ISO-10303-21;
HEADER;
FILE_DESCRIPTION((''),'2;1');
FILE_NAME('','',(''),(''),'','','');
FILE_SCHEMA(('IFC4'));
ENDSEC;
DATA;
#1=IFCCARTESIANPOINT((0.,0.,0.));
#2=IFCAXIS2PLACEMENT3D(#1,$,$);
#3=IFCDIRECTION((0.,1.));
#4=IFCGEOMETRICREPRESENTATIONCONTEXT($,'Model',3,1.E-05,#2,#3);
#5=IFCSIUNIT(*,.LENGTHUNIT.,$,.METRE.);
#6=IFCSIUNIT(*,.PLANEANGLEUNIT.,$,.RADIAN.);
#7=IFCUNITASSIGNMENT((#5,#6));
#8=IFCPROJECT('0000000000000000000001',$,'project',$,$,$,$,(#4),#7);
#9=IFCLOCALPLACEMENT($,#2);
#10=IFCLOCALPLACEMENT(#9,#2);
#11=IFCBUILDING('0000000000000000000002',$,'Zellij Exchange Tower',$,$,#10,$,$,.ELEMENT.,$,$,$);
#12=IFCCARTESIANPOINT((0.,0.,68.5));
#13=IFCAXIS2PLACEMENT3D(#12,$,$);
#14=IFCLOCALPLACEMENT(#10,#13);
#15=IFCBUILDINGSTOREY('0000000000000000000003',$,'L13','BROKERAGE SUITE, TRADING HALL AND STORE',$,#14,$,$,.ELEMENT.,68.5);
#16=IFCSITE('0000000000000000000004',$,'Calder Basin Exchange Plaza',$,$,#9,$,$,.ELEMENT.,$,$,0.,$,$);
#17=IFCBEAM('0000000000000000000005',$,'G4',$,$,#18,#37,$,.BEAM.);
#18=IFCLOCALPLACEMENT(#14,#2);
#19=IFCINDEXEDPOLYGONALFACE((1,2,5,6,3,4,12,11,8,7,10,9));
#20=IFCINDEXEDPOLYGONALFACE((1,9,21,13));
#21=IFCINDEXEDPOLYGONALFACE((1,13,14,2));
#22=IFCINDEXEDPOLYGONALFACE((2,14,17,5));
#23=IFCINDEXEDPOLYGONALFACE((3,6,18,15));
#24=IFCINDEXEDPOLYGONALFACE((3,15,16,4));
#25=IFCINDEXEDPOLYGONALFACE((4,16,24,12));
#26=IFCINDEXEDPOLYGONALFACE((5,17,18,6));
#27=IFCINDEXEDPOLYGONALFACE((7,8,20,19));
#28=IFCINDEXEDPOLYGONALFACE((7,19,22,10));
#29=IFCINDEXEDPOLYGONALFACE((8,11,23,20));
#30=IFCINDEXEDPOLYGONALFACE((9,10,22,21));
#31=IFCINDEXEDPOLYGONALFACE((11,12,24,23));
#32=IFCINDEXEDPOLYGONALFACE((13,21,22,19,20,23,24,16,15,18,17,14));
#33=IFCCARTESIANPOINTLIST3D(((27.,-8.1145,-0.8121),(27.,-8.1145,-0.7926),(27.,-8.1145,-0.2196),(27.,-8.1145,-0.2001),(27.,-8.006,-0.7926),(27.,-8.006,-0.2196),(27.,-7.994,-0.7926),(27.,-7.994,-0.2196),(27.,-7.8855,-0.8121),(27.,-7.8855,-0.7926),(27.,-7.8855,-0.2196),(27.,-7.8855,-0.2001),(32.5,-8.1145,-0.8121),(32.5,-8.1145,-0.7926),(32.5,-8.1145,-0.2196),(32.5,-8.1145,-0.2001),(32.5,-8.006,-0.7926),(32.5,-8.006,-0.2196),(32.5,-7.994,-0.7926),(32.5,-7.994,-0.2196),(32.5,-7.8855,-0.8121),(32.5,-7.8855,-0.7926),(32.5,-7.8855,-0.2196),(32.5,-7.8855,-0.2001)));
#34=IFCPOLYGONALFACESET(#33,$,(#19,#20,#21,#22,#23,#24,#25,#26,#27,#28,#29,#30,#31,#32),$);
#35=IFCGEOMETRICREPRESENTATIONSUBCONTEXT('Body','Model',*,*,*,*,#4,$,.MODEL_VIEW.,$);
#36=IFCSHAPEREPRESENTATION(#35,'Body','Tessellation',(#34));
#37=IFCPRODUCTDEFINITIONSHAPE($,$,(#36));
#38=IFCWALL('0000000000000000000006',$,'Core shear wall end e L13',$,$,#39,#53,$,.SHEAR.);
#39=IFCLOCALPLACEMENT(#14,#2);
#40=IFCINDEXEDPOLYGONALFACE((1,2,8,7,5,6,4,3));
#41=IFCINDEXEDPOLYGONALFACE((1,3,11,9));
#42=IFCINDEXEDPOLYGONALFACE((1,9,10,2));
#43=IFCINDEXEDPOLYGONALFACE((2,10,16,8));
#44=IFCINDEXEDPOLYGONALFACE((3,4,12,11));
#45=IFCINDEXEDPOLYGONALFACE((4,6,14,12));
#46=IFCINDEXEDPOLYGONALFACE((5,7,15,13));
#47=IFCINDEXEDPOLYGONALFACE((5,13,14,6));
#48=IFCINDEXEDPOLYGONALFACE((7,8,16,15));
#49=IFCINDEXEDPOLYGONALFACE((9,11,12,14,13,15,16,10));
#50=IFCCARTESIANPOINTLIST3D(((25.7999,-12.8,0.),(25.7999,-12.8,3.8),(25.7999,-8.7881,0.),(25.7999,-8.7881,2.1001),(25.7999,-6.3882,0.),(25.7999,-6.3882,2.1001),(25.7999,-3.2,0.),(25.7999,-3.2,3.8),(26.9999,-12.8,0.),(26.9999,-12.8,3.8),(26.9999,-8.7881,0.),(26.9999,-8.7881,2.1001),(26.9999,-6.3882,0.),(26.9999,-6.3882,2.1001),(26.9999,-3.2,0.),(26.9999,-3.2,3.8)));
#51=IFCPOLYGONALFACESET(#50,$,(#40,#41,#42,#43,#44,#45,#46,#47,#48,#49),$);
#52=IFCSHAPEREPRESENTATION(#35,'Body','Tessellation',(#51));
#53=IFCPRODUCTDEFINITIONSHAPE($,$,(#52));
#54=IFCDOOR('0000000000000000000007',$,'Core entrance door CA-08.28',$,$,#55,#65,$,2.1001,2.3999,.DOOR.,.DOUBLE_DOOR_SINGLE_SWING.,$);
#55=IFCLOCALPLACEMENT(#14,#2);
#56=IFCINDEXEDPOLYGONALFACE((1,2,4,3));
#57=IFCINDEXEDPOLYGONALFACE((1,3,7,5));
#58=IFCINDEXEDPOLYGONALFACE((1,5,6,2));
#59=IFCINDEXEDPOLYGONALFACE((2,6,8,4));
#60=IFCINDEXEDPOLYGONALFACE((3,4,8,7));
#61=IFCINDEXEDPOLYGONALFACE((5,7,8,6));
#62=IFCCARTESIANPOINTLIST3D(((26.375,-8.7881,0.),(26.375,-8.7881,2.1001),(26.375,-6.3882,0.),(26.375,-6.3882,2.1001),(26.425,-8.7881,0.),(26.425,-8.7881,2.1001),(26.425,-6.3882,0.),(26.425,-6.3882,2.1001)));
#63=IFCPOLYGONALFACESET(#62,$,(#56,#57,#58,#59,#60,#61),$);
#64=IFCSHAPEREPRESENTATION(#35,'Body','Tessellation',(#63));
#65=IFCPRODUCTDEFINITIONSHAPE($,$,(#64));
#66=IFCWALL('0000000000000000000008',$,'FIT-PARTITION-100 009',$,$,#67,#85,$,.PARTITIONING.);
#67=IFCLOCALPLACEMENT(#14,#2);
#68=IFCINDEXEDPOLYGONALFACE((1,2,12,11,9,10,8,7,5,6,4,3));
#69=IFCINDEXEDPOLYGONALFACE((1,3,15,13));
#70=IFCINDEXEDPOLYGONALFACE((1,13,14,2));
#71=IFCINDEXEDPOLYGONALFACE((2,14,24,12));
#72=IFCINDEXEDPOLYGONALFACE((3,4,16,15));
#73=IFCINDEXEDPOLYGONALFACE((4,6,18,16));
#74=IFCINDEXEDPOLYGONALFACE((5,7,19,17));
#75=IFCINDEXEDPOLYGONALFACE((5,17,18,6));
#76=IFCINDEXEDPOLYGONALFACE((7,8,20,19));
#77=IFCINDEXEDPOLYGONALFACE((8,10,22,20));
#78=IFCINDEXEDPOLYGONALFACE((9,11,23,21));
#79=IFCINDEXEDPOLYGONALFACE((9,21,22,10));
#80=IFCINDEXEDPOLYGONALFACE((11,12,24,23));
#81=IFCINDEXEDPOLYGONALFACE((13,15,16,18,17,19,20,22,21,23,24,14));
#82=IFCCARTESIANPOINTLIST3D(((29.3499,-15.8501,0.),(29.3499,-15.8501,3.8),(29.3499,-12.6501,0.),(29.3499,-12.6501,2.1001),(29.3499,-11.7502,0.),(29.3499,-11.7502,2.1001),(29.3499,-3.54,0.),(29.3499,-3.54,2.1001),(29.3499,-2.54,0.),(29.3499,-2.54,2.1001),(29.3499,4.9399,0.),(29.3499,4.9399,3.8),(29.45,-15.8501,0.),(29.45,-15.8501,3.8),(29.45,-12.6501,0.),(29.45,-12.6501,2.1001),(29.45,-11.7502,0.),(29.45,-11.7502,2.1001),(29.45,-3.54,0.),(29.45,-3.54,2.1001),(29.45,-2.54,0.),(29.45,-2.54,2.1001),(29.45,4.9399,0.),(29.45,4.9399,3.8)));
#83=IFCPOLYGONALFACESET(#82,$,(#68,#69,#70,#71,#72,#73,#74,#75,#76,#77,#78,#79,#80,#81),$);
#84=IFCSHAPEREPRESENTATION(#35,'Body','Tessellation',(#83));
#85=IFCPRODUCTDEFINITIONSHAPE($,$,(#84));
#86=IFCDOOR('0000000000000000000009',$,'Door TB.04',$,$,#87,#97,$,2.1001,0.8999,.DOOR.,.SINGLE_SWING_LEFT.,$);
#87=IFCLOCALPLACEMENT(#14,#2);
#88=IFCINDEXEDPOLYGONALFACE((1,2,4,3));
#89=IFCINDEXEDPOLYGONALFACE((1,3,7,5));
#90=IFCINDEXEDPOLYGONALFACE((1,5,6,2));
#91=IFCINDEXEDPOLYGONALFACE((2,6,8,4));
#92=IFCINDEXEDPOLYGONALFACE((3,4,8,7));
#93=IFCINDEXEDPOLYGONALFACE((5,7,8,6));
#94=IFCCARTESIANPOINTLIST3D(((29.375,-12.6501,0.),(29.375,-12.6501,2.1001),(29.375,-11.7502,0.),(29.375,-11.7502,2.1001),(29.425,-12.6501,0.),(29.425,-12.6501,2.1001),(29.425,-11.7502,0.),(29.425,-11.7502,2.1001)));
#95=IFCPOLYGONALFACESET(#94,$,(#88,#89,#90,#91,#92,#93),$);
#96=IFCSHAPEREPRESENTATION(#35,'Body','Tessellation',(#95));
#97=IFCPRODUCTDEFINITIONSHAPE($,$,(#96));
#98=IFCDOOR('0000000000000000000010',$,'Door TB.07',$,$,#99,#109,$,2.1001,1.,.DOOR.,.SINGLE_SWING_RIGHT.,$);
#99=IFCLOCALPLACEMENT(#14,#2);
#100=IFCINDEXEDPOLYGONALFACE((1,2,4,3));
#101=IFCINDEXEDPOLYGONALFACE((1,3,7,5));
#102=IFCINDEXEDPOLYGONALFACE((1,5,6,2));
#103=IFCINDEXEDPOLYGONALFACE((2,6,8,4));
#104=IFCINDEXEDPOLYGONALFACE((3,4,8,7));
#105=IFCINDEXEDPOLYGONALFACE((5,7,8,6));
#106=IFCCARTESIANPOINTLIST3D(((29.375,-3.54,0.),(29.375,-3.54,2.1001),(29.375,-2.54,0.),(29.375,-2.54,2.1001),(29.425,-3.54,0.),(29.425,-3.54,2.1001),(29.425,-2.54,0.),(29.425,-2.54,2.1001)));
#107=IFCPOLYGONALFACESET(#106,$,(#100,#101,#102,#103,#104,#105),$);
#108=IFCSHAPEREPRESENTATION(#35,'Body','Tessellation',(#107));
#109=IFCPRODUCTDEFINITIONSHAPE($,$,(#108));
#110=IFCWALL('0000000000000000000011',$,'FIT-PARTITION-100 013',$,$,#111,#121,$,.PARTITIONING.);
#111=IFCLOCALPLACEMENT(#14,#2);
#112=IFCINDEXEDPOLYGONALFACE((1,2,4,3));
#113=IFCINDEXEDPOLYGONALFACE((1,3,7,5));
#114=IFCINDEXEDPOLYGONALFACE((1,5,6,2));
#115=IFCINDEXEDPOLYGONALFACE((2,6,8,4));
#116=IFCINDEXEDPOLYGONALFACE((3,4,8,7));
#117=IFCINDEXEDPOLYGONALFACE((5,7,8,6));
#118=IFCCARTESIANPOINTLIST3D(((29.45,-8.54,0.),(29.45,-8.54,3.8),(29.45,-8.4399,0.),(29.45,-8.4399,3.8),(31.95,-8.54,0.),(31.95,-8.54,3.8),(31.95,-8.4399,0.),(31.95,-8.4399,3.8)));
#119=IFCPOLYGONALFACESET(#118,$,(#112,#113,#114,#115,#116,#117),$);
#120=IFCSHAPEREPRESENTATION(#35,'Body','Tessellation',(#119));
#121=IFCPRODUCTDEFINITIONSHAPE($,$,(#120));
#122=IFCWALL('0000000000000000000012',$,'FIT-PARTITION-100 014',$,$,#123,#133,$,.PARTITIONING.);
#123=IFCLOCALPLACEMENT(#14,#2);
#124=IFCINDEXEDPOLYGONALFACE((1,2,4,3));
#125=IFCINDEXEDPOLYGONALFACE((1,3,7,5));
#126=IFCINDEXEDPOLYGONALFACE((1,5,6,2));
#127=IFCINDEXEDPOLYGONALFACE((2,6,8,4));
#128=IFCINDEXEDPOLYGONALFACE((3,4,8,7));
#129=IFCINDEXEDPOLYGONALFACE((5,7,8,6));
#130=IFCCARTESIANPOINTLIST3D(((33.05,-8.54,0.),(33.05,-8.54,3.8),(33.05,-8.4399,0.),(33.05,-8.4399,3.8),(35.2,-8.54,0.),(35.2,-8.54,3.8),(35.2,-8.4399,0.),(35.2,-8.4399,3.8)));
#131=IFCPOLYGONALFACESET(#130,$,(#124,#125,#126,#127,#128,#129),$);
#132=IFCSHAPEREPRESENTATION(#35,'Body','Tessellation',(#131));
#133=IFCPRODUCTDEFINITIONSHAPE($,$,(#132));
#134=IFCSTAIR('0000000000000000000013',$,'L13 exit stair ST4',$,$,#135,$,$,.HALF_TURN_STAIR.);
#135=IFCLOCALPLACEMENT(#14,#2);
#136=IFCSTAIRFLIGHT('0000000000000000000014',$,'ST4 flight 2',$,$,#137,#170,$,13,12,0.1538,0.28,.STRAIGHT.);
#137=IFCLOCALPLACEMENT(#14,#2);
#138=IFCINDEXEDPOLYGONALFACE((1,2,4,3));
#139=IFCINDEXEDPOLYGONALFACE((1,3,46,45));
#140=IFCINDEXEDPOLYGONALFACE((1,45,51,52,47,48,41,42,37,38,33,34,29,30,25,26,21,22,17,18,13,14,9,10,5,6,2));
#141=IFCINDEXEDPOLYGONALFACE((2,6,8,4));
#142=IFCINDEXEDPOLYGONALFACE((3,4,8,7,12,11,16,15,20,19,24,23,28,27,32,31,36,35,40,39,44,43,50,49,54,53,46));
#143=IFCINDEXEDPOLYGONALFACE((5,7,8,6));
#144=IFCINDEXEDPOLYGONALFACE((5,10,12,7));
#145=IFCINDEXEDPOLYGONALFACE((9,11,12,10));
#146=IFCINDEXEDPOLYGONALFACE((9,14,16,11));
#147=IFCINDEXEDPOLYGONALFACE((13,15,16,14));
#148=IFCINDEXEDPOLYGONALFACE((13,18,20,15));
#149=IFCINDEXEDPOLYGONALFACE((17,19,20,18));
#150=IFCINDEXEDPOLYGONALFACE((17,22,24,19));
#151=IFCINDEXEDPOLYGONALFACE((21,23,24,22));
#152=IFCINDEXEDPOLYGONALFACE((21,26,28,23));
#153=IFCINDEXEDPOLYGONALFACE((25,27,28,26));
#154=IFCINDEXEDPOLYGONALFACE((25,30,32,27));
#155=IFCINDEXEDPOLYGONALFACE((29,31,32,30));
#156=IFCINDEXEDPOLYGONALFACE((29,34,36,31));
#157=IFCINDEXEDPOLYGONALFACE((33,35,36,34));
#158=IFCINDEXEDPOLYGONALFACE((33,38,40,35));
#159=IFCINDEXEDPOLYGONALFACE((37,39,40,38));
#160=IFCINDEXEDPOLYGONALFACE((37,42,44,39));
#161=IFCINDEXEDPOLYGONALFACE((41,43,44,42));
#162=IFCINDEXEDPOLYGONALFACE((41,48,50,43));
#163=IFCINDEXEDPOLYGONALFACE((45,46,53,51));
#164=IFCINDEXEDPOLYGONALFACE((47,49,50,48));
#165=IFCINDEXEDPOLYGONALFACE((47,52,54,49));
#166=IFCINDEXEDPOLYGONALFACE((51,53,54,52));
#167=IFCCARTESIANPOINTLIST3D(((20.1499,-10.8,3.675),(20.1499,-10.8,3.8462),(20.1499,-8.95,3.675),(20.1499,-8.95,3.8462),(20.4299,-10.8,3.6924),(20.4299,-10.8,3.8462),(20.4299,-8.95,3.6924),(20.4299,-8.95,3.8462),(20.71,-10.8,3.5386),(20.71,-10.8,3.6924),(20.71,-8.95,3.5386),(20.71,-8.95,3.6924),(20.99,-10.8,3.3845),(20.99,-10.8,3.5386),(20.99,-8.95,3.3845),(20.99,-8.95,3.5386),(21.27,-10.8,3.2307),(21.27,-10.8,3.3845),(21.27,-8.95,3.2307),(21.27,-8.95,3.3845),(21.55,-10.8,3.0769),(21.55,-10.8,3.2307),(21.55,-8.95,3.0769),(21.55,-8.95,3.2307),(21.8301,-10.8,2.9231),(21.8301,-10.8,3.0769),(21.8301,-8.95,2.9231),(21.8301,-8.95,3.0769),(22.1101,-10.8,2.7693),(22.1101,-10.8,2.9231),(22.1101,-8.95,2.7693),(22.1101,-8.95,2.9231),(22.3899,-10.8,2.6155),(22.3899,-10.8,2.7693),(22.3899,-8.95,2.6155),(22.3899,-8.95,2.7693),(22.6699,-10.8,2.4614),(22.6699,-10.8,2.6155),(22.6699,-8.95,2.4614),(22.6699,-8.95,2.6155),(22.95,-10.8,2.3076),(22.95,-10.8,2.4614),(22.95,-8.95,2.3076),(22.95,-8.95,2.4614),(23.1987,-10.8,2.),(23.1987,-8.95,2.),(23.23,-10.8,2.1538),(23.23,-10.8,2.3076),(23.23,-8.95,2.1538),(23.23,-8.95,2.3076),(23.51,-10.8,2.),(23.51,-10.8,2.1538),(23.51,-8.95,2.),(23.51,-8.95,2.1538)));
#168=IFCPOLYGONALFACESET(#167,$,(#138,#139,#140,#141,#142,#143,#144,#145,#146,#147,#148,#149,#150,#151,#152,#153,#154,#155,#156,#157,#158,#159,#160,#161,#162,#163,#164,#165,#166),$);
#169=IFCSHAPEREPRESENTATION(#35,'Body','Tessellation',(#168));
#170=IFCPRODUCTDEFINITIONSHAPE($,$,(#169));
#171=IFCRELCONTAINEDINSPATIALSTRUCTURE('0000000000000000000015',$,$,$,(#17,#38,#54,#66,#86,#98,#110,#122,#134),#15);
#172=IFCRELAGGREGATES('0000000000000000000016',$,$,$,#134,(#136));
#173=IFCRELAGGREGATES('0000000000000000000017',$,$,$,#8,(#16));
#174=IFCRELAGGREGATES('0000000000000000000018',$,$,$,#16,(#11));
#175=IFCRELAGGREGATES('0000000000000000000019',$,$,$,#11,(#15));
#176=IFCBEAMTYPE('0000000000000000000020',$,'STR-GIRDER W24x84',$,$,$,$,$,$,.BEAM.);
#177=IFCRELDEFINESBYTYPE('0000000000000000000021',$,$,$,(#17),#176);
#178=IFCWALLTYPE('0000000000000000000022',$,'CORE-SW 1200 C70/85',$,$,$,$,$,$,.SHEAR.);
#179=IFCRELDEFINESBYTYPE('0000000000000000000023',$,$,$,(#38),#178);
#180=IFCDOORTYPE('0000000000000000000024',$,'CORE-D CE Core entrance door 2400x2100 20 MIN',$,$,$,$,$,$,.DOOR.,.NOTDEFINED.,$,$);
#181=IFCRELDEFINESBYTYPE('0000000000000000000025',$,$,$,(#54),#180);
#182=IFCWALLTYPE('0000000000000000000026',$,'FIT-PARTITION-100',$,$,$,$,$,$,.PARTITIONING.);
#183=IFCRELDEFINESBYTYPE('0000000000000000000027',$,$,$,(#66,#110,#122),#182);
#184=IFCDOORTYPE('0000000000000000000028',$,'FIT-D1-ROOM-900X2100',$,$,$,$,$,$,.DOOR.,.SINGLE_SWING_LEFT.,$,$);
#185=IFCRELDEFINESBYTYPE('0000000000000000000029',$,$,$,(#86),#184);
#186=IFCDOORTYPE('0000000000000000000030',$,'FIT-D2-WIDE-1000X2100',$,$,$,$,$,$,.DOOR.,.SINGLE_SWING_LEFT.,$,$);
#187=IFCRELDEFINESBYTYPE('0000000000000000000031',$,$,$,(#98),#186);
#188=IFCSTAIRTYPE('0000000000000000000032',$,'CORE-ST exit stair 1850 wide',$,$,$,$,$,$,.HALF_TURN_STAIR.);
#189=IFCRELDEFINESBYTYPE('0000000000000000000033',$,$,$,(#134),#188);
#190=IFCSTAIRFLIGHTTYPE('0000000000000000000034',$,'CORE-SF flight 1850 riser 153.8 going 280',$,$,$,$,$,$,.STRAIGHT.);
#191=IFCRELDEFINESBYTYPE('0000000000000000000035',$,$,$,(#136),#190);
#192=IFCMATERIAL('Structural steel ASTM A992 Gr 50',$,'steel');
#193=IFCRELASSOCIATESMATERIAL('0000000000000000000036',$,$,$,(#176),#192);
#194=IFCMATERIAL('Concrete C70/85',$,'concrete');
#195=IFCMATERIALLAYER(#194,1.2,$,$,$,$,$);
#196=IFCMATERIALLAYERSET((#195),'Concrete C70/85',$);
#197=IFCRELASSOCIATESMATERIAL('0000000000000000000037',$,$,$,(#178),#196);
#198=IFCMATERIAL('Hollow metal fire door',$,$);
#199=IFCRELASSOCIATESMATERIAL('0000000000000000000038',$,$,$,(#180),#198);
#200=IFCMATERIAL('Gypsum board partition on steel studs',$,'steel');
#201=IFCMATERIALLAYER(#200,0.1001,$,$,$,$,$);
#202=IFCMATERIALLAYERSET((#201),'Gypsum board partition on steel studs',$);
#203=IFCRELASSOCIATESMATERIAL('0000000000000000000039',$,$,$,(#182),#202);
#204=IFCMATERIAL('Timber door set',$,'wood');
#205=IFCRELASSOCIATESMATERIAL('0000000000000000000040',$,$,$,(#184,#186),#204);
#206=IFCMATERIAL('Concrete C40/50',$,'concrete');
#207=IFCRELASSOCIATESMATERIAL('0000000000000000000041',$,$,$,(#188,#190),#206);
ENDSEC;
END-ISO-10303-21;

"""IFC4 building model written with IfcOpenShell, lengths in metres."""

from ifc_helpers import new_model, si_unit, direction, frame, frame_2d, origin, origin_2d, place, context, subcontext, project, spatial, polyline, rectangle, i_section, outline, extrude, material, layer, layer_set, material_profile, profile_set, type_object, element, fill, aggregate, save


model = new_model("IFC4")

# Units and contexts
model_context = context("Model", 3, precision=1e-05, world=origin(), true_north=direction((0.0, 1.0)))
body_context = subcontext(model_context, "Body", "Model", "MODEL_VIEW")
ifc_project = project(units=[si_unit("LENGTHUNIT", "METRE"), si_unit("PLANEANGLEUNIT", "RADIAN")], contexts=[model_context])

# Site, building, storey
site_placement = place(None, origin())
site = spatial("IfcSite", under=ifc_project, at=site_placement, Name="Calder Basin Exchange Plaza", CompositionType="ELEMENT", RefElevation=0.0)
building_placement = place(site_placement, origin())
building = spatial("IfcBuilding", under=site, at=building_placement, Name="Zellij Exchange Tower", CompositionType="ELEMENT")
storey_placement = place(building_placement, frame((0.0, 0.0, 68.5)))
storey = spatial("IfcBuildingStorey", under=building, at=storey_placement, Name="L13", Description="BROKERAGE SUITE, TRADING HALL AND STORE", CompositionType="ELEMENT", Elevation=68.5)

# Shared definitions
ifc_material_1 = material(Name="Concrete C70/85", Category="concrete")

# Beam
ifc_material_2 = material(Name="Structural steel ASTM A992 Gr 50", Category="steel")
ifc_material_profile_1 = material_profile(ifc_material_2, i_section(OverallWidth=0.229, OverallDepth=0.6121, WebThickness=0.012, FlangeThickness=0.0195, at=origin_2d()), Name="W24x84")
ifc_profile_set_1 = profile_set([ifc_material_profile_1], Name="Structural steel ASTM A992 Gr 50")
beam_type_1 = type_object("IfcBeamType", Name="STR-GIRDER W24x84", PredefinedType="BEAM", material=ifc_profile_set_1)
beam_1_placement = place(storey_placement, frame((27.0, -8.0, -0.5061), z_axis=(1.0, 0.0, 0.0), x_axis=(0.0, 1.0, 0.0)))
element("IfcBeam", 1, at=beam_1_placement, inside=storey, type_object=beam_type_1, Name="G4", PredefinedType="BEAM", context=body_context, shape_type="SweptSolid", body=[
    extrude(i_section(OverallWidth=0.229, OverallDepth=0.6121, WebThickness=0.012, FlangeThickness=0.0195, at=origin_2d()), origin(), (0.0, 0.0, 1.0), 5.5),
])

# Wall, opening, door
ifc_layer_1 = layer(ifc_material_1, 1.2)
ifc_layer_set_1 = layer_set([ifc_layer_1], Name="Concrete C70/85")
wall_type_1 = type_object("IfcWallType", Name="CORE-SW 1200 C70/85", PredefinedType="SHEAR", material=ifc_layer_set_1)
wall_1_placement = place(storey_placement, frame((26.3999, -12.8, 0.0), z_axis=(0.0, 0.0, 1.0), x_axis=(0.0, 1.0, 0.0)))
wall_1 = element("IfcWall", 2, at=wall_1_placement, inside=storey, type_object=wall_type_1, Name="Core shear wall end e L13", PredefinedType="SHEAR", context=body_context, shape_type="SweptSolid", body=[
    extrude(rectangle(XDim=9.6001, YDim=1.2, at=frame_2d((4.8, 0.0))), origin(), (0.0, 0.0, 1.0), 3.8),
])
opening_1_placement = place(wall_1_placement, frame((4.012, 0.0, 0.0)))
opening_1 = element("IfcOpeningElement", 3, at=opening_1_placement, cuts=wall_1, PredefinedType="OPENING", context=body_context, shape_type="SweptSolid", body=[
    extrude(rectangle(XDim=2.3999, YDim=2.1001, at=frame_2d((1.2, 1.05))), frame((0.0, 0.6118, 0.0), z_axis=(0.0, -1.0, 0.0), x_axis=(1.0, 0.0, 0.0)), (0.0, 0.0, 1.0), 1.2239),
])
ifc_material_3 = material(Name="Hollow metal fire door")
door_type_1 = type_object("IfcDoorType", Name="CORE-D CE Core entrance door 2400x2100 20 MIN", OperationType="NOTDEFINED", PredefinedType="DOOR", material=ifc_material_3)
door_1_placement = place(opening_1_placement, origin())
door_1 = element("IfcDoor", 4, at=door_1_placement, inside=storey, type_object=door_type_1, Name="Core entrance door CA-08.28", OperationType="DOUBLE_DOOR_SINGLE_SWING", OverallHeight=2.1001, OverallWidth=2.3999, PredefinedType="DOOR", context=body_context, shape_type="SweptSolid", body=[
    extrude(rectangle(XDim=2.3999, YDim=2.1001, at=frame_2d((1.2, 1.05))), frame((0.0, 0.0249, 0.0), z_axis=(0.0, -1.0, 0.0), x_axis=(1.0, 0.0, 0.0)), (0.0, 0.0, 1.0), 0.05),
])
fill(opening_1, door_1)

# Wall, openings, doors
ifc_material_4 = material(Name="Gypsum board partition on steel studs", Category="steel")
ifc_layer_2 = layer(ifc_material_4, 0.1001)
ifc_layer_set_2 = layer_set([ifc_layer_2], Name="Gypsum board partition on steel studs")
wall_type_2 = type_object("IfcWallType", Name="FIT-PARTITION-100", PredefinedType="PARTITIONING", material=ifc_layer_set_2)
wall_2_placement = place(storey_placement, frame((29.3999, -15.8501, 0.0), z_axis=(0.0, 0.0, 1.0), x_axis=(0.0, 1.0, 0.0)))
wall_2 = element("IfcWall", 5, at=wall_2_placement, inside=storey, type_object=wall_type_2, Name="FIT-PARTITION-100 009", PredefinedType="PARTITIONING", context=body_context, shape_type="SweptSolid", body=[
    extrude(rectangle(XDim=20.79, YDim=0.1001, at=frame_2d((10.395, 0.0))), origin(), (0.0, 0.0, 1.0), 3.8),
])
opening_2_placement = place(wall_2_placement, frame((3.2, 0.0, 0.0)))
opening_2 = element("IfcOpeningElement", 6, at=opening_2_placement, cuts=wall_2, PredefinedType="OPENING", context=body_context, shape_type="SweptSolid", body=[
    extrude(rectangle(XDim=0.8999, YDim=2.1001, at=frame_2d((0.45, 1.05))), frame((0.0, 0.062, 0.0), z_axis=(0.0, -1.0, 0.0), x_axis=(1.0, 0.0, 0.0)), (0.0, 0.0, 1.0), 0.124),
])
opening_3_placement = place(wall_2_placement, frame((12.3101, 0.0, 0.0)))
opening_3 = element("IfcOpeningElement", 7, at=opening_3_placement, cuts=wall_2, PredefinedType="OPENING", context=body_context, shape_type="SweptSolid", body=[
    extrude(rectangle(XDim=1.0, YDim=2.1001, at=frame_2d((0.5, 1.05))), frame((0.0, 0.062, 0.0), z_axis=(0.0, -1.0, 0.0), x_axis=(1.0, 0.0, 0.0)), (0.0, 0.0, 1.0), 0.124),
])
ifc_material_5 = material(Name="Timber door set", Category="wood")
door_type_2 = type_object("IfcDoorType", Name="FIT-D1-ROOM-900X2100", OperationType="SINGLE_SWING_LEFT", PredefinedType="DOOR", material=ifc_material_5)
door_2_placement = place(opening_2_placement, origin())
door_2 = element("IfcDoor", 8, at=door_2_placement, inside=storey, type_object=door_type_2, Name="Door TB.04", OperationType="SINGLE_SWING_LEFT", OverallHeight=2.1001, OverallWidth=0.8999, PredefinedType="DOOR", context=body_context, shape_type="SweptSolid", body=[
    extrude(rectangle(XDim=0.8999, YDim=2.1001, at=frame_2d((0.45, 1.05))), frame((0.0, 0.0249, 0.0), z_axis=(0.0, -1.0, 0.0), x_axis=(1.0, 0.0, 0.0)), (0.0, 0.0, 1.0), 0.05),
])
fill(opening_2, door_2)
door_type_3 = type_object("IfcDoorType", Name="FIT-D2-WIDE-1000X2100", OperationType="SINGLE_SWING_LEFT", PredefinedType="DOOR", material=ifc_material_5)
door_3_placement = place(opening_3_placement, origin())
door_3 = element("IfcDoor", 9, at=door_3_placement, inside=storey, type_object=door_type_3, Name="Door TB.07", OperationType="SINGLE_SWING_RIGHT", OverallHeight=2.1001, OverallWidth=1.0, PredefinedType="DOOR", context=body_context, shape_type="SweptSolid", body=[
    extrude(rectangle(XDim=1.0, YDim=2.1001, at=frame_2d((0.5, 1.05))), frame((0.0, 0.0249, 0.0), z_axis=(0.0, -1.0, 0.0), x_axis=(1.0, 0.0, 0.0)), (0.0, 0.0, 1.0), 0.05),
])
fill(opening_3, door_3)

# Walls
wall_3_placement = place(storey_placement, frame((29.45, -8.49, 0.0), z_axis=(0.0, 0.0, 1.0), x_axis=(1.0, 0.0, 0.0)))
element("IfcWall", 10, at=wall_3_placement, inside=storey, type_object=wall_type_2, Name="FIT-PARTITION-100 013", PredefinedType="PARTITIONING", context=body_context, shape_type="SweptSolid", body=[
    extrude(rectangle(XDim=2.5, YDim=0.1001, at=frame_2d((1.25, 0.0))), origin(), (0.0, 0.0, 1.0), 3.8),
])
wall_4_placement = place(storey_placement, frame((33.05, -8.49, 0.0), z_axis=(0.0, 0.0, 1.0), x_axis=(1.0, 0.0, 0.0)))
element("IfcWall", 11, at=wall_4_placement, inside=storey, type_object=wall_type_2, Name="FIT-PARTITION-100 014", PredefinedType="PARTITIONING", context=body_context, shape_type="SweptSolid", body=[
    extrude(rectangle(XDim=2.1499, YDim=0.1001, at=frame_2d((1.075, 0.0))), origin(), (0.0, 0.0, 1.0), 3.8),
])

# Stair, stair flight
ifc_material_6 = material(Name="Concrete C40/50", Category="concrete")
stair_type = type_object("IfcStairType", Name="CORE-ST exit stair 1850 wide", PredefinedType="HALF_TURN_STAIR", material=ifc_material_6)
stair_placement = place(storey_placement, origin())
stair = element("IfcStair", 12, at=stair_placement, inside=storey, type_object=stair_type, Name="L13 exit stair ST4", PredefinedType="HALF_TURN_STAIR")
stair_flight_type = type_object("IfcStairFlightType", Name="CORE-SF flight 1850 riser 153.8 going 280", PredefinedType="STRAIGHT", material=ifc_material_6)
stair_flight_placement = place(storey_placement, frame((23.51, -9.875, 2.0), z_axis=(0.0, 0.0, 1.0), x_axis=(-1.0, 0.0, 0.0)))
stair_flight = element("IfcStairFlight", 13, at=stair_flight_placement, type_object=stair_flight_type, Name="ST4 flight 2", NumberOfRisers=13, NumberOfTreads=12, PredefinedType="STRAIGHT", RiserHeight=0.1538, TreadLength=0.28, context=body_context, shape_type="SweptSolid", body=[
    extrude(outline(polyline([(0.0, 0.0), (0.0, 0.1538), (0.28, 0.1538), (0.28, 0.3076), (0.5601, 0.3076), (0.5601, 0.4614), (0.8401, 0.4614), (0.8401, 0.6155), (1.1201, 0.6155), (1.1201, 0.7693), (1.3999, 0.7693), (1.3999, 0.9231), (1.6799, 0.9231), (1.6799, 1.0769), (1.96, 1.0769), (1.96, 1.2307), (2.24, 1.2307), (2.24, 1.3845), (2.52, 1.3845), (2.52, 1.5386), (2.8, 1.5386), (2.8, 1.6924), (3.0801, 1.6924), (3.0801, 1.8462), (3.3601, 1.8462), (3.3601, 2.0), (3.3601, 1.675), (0.3113, 0.0), (0.0, 0.0)])), frame((0.0, 0.925, 0.0), z_axis=(0.0, -1.0, 0.0), x_axis=(1.0, 0.0, 0.0)), (0.0, 0.0, 1.0), 1.8501),
])
aggregate(stair, [stair_flight])

save(model, "model.ifc")
